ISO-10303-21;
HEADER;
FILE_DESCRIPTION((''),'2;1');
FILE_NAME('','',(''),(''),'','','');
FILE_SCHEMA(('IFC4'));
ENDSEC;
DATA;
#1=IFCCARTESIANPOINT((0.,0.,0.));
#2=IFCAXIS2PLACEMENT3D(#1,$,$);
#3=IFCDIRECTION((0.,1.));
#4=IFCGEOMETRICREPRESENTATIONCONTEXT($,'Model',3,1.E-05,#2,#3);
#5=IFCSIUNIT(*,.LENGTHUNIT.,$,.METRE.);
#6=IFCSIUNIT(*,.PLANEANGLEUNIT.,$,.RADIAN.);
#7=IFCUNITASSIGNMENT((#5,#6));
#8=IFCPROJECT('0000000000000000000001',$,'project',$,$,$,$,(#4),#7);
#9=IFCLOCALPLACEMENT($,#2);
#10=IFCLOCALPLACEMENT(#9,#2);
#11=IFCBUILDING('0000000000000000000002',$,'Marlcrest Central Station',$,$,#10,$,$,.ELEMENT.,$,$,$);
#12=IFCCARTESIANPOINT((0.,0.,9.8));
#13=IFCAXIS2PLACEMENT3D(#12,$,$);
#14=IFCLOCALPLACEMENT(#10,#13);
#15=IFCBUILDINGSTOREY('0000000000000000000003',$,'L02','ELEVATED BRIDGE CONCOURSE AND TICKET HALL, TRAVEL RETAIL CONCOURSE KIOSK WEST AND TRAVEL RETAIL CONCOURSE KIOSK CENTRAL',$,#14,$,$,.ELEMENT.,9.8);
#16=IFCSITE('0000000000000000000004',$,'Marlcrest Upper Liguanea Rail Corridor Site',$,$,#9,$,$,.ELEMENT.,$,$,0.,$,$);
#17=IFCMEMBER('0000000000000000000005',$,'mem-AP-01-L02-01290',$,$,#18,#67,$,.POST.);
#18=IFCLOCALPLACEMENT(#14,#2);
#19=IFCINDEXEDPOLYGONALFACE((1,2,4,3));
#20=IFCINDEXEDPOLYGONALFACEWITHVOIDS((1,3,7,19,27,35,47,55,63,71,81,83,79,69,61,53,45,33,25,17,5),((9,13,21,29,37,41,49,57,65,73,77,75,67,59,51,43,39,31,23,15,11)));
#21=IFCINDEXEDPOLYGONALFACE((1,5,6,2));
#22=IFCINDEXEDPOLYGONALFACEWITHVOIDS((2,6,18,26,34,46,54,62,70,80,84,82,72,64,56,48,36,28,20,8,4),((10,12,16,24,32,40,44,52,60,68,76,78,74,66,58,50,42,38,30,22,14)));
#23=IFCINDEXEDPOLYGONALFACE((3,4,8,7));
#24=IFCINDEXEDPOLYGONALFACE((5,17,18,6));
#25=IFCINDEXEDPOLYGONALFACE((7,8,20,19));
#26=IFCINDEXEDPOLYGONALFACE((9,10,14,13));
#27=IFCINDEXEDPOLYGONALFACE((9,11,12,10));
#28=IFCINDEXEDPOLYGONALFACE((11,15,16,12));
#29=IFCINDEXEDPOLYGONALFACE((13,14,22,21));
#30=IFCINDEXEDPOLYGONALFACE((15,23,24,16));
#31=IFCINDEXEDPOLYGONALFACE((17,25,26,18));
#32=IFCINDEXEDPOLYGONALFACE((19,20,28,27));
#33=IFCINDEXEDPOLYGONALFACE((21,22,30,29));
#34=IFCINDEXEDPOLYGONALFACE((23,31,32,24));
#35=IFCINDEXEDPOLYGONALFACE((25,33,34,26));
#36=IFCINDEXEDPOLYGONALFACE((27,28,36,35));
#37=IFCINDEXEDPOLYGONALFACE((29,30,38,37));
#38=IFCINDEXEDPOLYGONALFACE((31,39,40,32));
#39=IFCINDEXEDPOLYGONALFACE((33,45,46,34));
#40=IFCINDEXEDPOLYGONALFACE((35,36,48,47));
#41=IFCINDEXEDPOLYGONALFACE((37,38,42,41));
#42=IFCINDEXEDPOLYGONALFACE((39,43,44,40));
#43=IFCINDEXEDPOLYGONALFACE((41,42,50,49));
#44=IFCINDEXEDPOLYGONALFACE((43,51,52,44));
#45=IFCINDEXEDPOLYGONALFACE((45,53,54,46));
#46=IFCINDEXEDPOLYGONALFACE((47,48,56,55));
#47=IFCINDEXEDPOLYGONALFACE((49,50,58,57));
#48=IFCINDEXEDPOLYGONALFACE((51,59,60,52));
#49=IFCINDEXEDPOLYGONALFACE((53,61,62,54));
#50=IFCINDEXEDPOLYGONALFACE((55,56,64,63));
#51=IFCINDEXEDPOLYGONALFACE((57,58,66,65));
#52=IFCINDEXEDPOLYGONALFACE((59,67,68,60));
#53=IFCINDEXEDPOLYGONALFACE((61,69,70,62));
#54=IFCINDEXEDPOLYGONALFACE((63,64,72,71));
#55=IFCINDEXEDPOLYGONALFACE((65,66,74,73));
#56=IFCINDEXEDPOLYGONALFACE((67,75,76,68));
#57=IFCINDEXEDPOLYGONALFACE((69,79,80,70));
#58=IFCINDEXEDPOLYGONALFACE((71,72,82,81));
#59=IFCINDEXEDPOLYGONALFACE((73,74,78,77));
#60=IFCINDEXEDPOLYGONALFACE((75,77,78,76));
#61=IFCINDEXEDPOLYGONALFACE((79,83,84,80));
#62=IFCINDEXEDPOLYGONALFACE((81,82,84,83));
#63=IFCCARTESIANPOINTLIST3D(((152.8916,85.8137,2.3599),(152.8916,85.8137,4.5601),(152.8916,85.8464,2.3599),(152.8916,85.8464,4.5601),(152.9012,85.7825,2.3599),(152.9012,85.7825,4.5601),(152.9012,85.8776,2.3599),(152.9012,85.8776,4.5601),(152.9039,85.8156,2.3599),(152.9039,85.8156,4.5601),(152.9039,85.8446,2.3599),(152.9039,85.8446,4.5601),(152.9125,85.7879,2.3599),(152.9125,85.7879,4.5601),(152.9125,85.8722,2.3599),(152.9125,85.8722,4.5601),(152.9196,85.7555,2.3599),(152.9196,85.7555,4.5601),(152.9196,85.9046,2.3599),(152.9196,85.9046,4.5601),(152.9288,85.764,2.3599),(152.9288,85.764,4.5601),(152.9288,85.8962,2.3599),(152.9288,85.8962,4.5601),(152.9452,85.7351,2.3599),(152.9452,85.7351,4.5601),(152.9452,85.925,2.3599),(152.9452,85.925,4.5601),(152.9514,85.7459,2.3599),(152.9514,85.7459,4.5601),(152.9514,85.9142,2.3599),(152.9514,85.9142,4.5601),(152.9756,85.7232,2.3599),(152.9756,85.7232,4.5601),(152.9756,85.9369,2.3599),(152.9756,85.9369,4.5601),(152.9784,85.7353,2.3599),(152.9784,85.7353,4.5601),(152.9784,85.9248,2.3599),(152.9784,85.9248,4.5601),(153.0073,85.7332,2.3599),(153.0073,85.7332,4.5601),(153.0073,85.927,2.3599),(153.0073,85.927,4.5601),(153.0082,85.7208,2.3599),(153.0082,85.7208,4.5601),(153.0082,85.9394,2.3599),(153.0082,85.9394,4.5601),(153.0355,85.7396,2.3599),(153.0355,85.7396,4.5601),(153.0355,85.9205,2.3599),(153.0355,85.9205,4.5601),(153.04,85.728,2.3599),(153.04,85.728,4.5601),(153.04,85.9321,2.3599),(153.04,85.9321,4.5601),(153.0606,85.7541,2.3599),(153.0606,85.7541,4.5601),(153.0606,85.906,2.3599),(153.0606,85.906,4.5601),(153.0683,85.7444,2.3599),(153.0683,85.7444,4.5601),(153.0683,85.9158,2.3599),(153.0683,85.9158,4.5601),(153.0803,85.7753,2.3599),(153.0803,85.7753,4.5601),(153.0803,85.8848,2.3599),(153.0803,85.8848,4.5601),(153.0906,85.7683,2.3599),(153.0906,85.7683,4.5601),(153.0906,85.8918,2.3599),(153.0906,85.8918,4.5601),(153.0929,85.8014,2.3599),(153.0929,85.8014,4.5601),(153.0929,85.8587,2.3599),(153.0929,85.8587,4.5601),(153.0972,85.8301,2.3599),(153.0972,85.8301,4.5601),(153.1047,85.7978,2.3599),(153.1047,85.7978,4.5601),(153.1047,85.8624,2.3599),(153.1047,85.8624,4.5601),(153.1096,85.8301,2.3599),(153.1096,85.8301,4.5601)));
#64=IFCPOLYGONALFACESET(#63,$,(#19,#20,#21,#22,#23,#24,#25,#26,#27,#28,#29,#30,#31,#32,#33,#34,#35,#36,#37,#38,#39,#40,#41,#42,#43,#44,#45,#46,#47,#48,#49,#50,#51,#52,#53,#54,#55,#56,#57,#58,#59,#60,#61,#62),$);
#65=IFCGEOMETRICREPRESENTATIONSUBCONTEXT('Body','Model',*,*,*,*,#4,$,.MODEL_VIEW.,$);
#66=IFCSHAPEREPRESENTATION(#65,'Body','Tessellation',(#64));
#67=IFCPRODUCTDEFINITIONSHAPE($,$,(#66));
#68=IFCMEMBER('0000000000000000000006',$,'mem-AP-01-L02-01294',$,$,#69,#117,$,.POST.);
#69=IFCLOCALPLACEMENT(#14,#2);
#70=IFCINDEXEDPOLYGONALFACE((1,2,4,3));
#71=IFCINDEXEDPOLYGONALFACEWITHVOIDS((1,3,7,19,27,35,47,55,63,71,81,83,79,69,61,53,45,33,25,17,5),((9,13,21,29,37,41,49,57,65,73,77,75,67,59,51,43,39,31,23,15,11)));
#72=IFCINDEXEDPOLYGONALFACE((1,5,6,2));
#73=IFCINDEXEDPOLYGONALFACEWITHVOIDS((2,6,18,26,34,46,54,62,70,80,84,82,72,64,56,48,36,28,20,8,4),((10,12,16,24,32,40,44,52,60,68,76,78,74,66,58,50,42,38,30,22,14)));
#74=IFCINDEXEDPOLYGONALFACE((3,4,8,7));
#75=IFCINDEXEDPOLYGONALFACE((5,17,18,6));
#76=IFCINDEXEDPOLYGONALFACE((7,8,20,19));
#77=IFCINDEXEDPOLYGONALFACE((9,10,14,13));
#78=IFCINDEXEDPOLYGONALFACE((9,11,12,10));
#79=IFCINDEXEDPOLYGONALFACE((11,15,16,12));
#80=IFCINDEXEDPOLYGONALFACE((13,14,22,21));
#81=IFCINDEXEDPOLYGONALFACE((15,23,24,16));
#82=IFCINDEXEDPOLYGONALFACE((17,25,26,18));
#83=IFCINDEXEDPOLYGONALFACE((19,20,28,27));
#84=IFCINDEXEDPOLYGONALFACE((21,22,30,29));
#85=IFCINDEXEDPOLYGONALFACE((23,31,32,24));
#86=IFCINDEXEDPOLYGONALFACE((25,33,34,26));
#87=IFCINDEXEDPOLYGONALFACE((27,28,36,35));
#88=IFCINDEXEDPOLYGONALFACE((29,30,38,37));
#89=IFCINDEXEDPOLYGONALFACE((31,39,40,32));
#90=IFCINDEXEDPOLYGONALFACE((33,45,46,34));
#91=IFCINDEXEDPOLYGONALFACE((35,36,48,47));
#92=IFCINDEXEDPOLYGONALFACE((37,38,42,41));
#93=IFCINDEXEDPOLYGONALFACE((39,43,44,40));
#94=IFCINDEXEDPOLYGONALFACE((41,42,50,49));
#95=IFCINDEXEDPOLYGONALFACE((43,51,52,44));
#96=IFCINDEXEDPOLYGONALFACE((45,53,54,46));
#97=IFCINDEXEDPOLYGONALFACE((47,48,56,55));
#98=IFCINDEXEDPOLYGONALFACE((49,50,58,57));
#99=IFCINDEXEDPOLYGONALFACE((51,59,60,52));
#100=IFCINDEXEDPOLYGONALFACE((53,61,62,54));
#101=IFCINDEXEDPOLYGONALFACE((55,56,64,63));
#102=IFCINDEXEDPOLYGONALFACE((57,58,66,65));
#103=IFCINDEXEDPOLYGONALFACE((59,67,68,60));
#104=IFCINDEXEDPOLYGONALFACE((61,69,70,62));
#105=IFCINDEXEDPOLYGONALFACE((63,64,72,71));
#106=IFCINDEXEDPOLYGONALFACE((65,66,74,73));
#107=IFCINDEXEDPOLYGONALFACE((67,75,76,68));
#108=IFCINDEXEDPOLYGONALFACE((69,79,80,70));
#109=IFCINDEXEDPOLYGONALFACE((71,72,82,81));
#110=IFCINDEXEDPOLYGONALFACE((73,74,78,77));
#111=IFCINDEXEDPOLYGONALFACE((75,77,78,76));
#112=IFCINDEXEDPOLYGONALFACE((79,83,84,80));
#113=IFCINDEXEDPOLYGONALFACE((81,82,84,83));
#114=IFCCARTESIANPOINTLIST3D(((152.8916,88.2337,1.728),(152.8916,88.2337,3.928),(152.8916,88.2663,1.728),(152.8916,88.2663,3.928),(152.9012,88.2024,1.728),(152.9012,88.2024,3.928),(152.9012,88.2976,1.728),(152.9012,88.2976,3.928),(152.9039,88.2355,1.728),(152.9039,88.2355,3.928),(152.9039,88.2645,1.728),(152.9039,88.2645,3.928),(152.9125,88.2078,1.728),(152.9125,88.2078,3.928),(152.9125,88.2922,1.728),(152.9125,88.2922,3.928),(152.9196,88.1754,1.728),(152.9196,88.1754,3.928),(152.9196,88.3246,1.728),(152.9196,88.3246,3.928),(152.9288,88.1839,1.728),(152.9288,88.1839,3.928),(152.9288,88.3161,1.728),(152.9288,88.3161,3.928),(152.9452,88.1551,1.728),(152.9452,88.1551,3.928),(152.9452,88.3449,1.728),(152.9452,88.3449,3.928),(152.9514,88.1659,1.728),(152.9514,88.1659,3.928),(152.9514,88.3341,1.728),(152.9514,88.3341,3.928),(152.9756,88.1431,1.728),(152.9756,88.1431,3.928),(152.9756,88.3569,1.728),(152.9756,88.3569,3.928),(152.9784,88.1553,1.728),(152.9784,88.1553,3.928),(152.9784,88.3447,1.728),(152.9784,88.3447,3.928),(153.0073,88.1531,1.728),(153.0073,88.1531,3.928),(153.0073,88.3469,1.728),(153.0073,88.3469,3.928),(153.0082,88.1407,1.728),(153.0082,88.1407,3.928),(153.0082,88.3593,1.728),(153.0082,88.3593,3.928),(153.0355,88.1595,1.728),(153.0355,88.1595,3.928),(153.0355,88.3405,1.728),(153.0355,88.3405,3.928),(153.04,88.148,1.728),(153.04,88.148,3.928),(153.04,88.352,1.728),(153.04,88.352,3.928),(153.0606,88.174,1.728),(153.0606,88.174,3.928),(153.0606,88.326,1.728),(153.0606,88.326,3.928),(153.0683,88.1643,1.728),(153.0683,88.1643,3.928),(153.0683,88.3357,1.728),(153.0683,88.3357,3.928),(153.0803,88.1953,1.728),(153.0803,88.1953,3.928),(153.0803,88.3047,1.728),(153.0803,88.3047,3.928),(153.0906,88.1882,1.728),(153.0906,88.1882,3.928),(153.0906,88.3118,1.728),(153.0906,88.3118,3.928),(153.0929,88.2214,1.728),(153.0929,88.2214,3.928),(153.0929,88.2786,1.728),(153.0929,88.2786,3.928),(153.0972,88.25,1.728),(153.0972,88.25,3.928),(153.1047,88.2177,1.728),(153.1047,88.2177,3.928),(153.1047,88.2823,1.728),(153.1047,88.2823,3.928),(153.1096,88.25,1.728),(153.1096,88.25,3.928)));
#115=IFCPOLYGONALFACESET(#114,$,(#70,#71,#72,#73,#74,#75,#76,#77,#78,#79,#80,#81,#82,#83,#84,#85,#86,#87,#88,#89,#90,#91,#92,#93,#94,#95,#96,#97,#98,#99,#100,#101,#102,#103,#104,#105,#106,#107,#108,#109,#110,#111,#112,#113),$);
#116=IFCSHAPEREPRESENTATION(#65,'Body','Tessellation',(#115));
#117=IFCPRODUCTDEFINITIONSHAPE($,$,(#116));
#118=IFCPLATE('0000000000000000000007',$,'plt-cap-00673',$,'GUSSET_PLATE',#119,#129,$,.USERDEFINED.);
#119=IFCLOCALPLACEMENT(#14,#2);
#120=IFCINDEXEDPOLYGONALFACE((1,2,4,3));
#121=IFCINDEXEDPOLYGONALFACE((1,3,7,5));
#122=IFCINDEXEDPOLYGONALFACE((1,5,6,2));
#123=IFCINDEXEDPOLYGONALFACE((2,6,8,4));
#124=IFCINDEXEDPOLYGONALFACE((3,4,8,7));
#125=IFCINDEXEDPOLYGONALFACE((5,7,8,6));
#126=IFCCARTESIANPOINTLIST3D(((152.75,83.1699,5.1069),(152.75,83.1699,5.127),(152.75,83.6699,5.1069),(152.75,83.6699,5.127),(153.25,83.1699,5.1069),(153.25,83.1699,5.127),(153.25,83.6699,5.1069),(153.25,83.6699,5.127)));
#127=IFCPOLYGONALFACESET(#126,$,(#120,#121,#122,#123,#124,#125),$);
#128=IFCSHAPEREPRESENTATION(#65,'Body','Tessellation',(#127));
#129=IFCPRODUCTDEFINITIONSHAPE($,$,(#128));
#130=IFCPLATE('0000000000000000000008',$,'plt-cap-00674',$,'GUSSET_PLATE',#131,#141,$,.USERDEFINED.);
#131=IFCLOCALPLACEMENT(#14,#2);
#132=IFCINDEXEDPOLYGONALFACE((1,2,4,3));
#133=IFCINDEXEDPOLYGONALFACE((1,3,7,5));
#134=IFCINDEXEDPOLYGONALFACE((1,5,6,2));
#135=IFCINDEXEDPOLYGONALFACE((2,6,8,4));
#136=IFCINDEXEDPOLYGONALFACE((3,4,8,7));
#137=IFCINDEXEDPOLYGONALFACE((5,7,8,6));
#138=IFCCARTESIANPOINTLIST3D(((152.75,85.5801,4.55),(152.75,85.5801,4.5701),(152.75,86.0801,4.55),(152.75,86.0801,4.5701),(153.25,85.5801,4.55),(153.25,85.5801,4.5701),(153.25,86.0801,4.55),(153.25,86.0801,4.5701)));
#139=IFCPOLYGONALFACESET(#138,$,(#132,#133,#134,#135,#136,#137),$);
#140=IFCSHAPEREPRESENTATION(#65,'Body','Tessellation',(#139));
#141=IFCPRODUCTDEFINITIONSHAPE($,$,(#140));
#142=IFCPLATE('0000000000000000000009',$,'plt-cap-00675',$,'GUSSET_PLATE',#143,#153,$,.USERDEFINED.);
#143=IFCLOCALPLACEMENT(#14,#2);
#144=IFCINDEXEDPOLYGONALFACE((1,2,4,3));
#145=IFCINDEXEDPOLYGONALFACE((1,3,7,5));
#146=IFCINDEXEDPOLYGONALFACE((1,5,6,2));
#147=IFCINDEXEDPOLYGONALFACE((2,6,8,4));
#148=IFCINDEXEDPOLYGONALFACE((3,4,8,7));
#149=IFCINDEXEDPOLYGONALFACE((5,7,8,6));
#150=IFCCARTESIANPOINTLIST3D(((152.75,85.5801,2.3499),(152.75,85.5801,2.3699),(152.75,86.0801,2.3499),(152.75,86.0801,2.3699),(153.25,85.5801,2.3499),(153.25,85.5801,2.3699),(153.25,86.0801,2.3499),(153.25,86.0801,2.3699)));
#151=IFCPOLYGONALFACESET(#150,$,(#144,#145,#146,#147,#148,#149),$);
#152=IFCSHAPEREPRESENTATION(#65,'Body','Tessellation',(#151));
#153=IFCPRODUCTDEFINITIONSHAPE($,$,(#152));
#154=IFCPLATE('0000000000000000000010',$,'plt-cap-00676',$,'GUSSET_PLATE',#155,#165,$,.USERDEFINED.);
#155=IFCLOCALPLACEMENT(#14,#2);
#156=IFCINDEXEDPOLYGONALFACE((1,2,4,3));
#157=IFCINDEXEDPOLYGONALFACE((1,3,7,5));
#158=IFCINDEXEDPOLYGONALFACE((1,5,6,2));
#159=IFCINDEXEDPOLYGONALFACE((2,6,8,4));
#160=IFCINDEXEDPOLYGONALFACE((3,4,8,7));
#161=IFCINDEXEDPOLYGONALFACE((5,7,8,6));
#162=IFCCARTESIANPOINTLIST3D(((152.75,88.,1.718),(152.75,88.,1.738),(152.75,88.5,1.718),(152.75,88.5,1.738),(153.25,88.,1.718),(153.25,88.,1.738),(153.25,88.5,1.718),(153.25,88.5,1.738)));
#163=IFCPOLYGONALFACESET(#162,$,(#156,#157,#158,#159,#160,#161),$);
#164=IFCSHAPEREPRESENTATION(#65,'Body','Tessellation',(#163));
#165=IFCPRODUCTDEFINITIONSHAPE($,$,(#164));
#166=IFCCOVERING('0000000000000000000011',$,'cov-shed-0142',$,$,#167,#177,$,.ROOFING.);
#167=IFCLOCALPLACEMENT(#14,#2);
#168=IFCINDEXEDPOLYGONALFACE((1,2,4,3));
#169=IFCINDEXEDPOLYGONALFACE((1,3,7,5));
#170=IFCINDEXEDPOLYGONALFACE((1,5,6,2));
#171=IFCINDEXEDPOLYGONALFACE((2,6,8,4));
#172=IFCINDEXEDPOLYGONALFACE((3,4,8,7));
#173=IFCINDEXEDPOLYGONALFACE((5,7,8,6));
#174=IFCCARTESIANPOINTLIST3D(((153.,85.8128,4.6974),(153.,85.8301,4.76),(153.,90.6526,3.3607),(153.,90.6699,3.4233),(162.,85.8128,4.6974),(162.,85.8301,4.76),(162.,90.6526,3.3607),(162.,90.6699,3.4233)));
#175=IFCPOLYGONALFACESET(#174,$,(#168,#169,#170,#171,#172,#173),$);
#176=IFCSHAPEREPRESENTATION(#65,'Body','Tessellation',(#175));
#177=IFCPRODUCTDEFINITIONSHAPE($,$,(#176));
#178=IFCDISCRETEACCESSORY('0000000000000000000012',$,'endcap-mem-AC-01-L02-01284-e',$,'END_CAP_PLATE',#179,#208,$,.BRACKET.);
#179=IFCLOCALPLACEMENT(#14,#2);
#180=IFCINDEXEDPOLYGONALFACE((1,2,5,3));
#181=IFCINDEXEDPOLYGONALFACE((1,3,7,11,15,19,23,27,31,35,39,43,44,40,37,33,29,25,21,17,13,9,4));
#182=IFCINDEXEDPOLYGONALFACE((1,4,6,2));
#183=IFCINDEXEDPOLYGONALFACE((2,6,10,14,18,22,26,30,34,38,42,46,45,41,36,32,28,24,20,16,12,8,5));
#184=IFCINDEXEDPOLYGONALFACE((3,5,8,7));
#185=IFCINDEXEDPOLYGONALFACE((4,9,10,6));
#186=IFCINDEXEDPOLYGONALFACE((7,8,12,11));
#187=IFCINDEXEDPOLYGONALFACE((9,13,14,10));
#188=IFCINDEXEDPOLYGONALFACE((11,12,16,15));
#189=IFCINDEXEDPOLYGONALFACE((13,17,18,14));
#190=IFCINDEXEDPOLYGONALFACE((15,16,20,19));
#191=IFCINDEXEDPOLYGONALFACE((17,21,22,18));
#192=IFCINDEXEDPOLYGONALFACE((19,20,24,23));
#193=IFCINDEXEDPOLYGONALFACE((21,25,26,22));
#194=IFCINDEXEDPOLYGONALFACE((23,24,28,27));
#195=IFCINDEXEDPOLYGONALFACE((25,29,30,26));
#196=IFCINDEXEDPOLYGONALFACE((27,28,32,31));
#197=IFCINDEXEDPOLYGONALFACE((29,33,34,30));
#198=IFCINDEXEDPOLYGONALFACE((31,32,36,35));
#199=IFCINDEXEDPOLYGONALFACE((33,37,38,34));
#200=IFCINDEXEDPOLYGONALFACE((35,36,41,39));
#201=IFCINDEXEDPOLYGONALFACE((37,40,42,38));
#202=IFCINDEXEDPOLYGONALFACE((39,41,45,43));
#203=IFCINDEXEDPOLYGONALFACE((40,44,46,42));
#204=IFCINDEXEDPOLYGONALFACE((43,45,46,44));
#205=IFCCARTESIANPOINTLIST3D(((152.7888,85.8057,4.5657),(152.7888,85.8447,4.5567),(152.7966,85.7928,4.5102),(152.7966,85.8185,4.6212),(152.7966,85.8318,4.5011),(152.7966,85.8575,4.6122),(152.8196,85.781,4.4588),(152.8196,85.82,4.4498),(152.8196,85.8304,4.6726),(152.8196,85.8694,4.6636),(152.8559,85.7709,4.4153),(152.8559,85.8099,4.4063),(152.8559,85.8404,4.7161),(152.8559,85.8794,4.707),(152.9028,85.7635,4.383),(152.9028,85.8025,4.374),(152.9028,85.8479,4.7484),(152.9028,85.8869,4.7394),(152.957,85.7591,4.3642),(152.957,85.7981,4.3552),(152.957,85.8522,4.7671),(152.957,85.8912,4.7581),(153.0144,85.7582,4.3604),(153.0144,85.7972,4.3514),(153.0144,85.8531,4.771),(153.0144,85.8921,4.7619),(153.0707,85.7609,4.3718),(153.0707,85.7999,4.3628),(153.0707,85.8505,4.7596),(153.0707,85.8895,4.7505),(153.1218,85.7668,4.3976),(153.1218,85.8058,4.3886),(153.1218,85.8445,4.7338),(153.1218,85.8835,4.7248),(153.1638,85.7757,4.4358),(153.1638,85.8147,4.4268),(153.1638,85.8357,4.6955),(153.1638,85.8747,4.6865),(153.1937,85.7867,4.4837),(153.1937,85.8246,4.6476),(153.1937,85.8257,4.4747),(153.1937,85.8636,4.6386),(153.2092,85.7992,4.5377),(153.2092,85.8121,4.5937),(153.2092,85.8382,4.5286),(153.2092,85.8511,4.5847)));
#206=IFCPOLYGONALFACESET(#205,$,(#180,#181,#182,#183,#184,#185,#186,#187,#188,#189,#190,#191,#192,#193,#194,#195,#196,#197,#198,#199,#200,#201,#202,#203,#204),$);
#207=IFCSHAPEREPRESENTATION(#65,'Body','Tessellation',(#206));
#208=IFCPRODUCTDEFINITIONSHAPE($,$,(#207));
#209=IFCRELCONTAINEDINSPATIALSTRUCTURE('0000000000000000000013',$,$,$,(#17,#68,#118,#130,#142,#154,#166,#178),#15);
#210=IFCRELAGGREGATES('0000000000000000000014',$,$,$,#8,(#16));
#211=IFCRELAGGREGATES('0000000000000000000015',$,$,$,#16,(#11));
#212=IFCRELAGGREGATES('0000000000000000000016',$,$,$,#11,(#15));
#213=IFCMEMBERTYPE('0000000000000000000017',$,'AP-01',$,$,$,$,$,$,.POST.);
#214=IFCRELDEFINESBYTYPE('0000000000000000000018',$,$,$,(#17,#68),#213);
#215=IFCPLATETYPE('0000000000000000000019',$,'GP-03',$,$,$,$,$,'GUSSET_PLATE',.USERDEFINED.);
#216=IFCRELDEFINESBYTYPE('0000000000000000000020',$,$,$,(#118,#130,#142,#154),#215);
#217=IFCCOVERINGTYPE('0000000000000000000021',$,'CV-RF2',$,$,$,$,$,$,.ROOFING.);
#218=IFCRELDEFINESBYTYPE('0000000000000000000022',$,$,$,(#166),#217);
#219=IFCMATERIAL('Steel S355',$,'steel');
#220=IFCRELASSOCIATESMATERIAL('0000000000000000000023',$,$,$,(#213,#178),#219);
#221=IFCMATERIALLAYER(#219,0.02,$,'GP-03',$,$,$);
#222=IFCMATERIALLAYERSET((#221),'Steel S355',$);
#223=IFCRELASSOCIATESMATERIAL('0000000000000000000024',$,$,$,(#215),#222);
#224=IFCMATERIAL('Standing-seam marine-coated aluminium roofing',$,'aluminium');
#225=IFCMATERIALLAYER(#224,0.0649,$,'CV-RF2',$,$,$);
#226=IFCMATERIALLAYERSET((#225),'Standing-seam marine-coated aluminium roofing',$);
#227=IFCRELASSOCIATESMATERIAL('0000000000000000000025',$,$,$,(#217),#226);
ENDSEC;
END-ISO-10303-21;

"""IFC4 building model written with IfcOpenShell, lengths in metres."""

from ifc_helpers import new_model, si_unit, direction, frame, origin, origin_2d, place, context, subcontext, project, spatial, polyline, rectangle, circle, hollow_circle, outline, extrude, material, layer, layer_set, material_profile, profile_set, type_object, element, save


model = new_model("IFC4")

# Units and contexts
model_context = context("Model", 3, precision=1e-05, world=origin(), true_north=direction((0.0, 1.0)))
body_context = subcontext(model_context, "Body", "Model", "MODEL_VIEW")
ifc_project = project(units=[si_unit("LENGTHUNIT", "METRE"), si_unit("PLANEANGLEUNIT", "RADIAN")], contexts=[model_context])

# Site, building, storey
site_placement = place(None, origin())
site = spatial("IfcSite", under=ifc_project, at=site_placement, Name="Marlcrest Upper Liguanea Rail Corridor Site", CompositionType="ELEMENT", RefElevation=0.0)
building_placement = place(site_placement, origin())
building = spatial("IfcBuilding", under=site, at=building_placement, Name="Marlcrest Central Station", CompositionType="ELEMENT")
storey_placement = place(building_placement, frame((0.0, 0.0, 9.8)))
storey = spatial("IfcBuildingStorey", under=building, at=storey_placement, Name="L02", Description="ELEVATED BRIDGE CONCOURSE AND TICKET HALL, TRAVEL RETAIL CONCOURSE KIOSK WEST AND TRAVEL RETAIL CONCOURSE KIOSK CENTRAL", CompositionType="ELEMENT", Elevation=9.8)

# Members
ifc_material_1 = material(Name="Steel S355", Category="steel")
ifc_material_profile_1 = material_profile(ifc_material_1, hollow_circle(Radius=0.1096, WallThickness=0.0125, at=origin_2d()), Name="CHS 219.1x12.5")
ifc_profile_set_1 = profile_set([ifc_material_profile_1], Name="Steel S355")
member_type_1 = type_object("IfcMemberType", Name="AP-01", PredefinedType="POST", material=ifc_profile_set_1)
member_1_placement = place(storey_placement, frame((153.0, 85.8301, 2.3599), z_axis=(0.0, 0.0, 1.0), x_axis=(1.0, 0.0, 0.0)))
element("IfcMember", 1, at=member_1_placement, inside=storey, type_object=member_type_1, Name="mem-AP-01-L02-01290", PredefinedType="POST", context=body_context, shape_type="SweptSolid", body=[
    extrude(hollow_circle(Radius=0.1096, WallThickness=0.0125, at=origin_2d()), origin(), (0.0, 0.0, 1.0), 2.2002),
])
member_2_placement = place(storey_placement, frame((153.0, 88.25, 1.728), z_axis=(0.0, 0.0, 1.0), x_axis=(1.0, 0.0, 0.0)))
element("IfcMember", 2, at=member_2_placement, inside=storey, type_object=member_type_1, Name="mem-AP-01-L02-01294", PredefinedType="POST", context=body_context, shape_type="SweptSolid", body=[
    extrude(hollow_circle(Radius=0.1096, WallThickness=0.0125, at=origin_2d()), origin(), (0.0, 0.0, 1.0), 2.2),
])

# Plates
ifc_layer_1 = layer(ifc_material_1, 0.02, Name="GP-03")
ifc_layer_set_1 = layer_set([ifc_layer_1], Name="Steel S355")
plate_type = type_object("IfcPlateType", Name="GP-03", ElementType="GUSSET_PLATE", PredefinedType="USERDEFINED", material=ifc_layer_set_1)
for number, where, z_axis, x_axis, name in (
    (3, (153.0, 83.4199, 5.1069), (0.0, 0.0, 1.0), (1.0, 0.0, 0.0), "plt-cap-00673"),
    (4, (153.0, 85.8301, 4.55), (0.0, 0.0, 1.0), (1.0, 0.0, 0.0), "plt-cap-00674"),
    (5, (153.0, 85.8301, 2.3499), (0.0, 0.0, 1.0), (1.0, 0.0, 0.0), "plt-cap-00675"),
    (6, (153.0, 88.25, 1.718), (0.0, 0.0, 1.0), (1.0, 0.0, 0.0), "plt-cap-00676"),
):
    element("IfcPlate", number, at=place(storey_placement, frame(where, z_axis=z_axis, x_axis=x_axis)), inside=storey, type_object=plate_type, Name=name, ObjectType="GUSSET_PLATE", PredefinedType="USERDEFINED", context=body_context, shape_type="SweptSolid", body=[
        extrude(rectangle(XDim=0.5, YDim=0.5, at=origin_2d()), origin(), (0.0, 0.0, 1.0), 0.02),
    ])

# Covering
ifc_material_2 = material(Name="Standing-seam marine-coated aluminium roofing", Category="aluminium")
ifc_layer_2 = layer(ifc_material_2, 0.0649, Name="CV-RF2")
ifc_layer_set_2 = layer_set([ifc_layer_2], Name="Standing-seam marine-coated aluminium roofing")
covering_type = type_object("IfcCoveringType", Name="CV-RF2", PredefinedType="ROOFING", material=ifc_layer_set_2)
covering_placement = place(storey_placement, frame((153.0, 85.8301, 4.76), z_axis=(0.0, 0.266214, 0.963914), x_axis=(1.0, 0.0, 0.0)))
element("IfcCovering", 7, at=covering_placement, inside=storey, type_object=covering_type, Name="cov-shed-0142", PredefinedType="ROOFING", context=body_context, shape_type="SweptSolid", body=[
    extrude(outline(polyline([(0.0, 0.0), (9.0, 0.0), (9.0, 5.021), (0.0, 5.021), (0.0, 0.0)])), origin(), (0.0, 0.0, -1.0), 0.0649),
])

# Discrete accessory
discrete_accessory_1_placement = place(storey_placement, frame((153.0, 85.8057, 4.5657), z_axis=(0.0, 0.97433, -0.225126), x_axis=(-1.0, 0.0, 0.0)))
element("IfcDiscreteAccessory", 8, at=discrete_accessory_1_placement, inside=storey, material=ifc_material_1, Name="endcap-mem-AC-01-L02-01284-e", ObjectType="END_CAP_PLATE", PredefinedType="BRACKET", context=body_context, shape_type="SweptSolid", body=[
    extrude(circle(Radius=0.2112, at=origin_2d()), origin(), (0.0, 0.0, 1.0), 0.04),
])

save(model, "model.ifc")
